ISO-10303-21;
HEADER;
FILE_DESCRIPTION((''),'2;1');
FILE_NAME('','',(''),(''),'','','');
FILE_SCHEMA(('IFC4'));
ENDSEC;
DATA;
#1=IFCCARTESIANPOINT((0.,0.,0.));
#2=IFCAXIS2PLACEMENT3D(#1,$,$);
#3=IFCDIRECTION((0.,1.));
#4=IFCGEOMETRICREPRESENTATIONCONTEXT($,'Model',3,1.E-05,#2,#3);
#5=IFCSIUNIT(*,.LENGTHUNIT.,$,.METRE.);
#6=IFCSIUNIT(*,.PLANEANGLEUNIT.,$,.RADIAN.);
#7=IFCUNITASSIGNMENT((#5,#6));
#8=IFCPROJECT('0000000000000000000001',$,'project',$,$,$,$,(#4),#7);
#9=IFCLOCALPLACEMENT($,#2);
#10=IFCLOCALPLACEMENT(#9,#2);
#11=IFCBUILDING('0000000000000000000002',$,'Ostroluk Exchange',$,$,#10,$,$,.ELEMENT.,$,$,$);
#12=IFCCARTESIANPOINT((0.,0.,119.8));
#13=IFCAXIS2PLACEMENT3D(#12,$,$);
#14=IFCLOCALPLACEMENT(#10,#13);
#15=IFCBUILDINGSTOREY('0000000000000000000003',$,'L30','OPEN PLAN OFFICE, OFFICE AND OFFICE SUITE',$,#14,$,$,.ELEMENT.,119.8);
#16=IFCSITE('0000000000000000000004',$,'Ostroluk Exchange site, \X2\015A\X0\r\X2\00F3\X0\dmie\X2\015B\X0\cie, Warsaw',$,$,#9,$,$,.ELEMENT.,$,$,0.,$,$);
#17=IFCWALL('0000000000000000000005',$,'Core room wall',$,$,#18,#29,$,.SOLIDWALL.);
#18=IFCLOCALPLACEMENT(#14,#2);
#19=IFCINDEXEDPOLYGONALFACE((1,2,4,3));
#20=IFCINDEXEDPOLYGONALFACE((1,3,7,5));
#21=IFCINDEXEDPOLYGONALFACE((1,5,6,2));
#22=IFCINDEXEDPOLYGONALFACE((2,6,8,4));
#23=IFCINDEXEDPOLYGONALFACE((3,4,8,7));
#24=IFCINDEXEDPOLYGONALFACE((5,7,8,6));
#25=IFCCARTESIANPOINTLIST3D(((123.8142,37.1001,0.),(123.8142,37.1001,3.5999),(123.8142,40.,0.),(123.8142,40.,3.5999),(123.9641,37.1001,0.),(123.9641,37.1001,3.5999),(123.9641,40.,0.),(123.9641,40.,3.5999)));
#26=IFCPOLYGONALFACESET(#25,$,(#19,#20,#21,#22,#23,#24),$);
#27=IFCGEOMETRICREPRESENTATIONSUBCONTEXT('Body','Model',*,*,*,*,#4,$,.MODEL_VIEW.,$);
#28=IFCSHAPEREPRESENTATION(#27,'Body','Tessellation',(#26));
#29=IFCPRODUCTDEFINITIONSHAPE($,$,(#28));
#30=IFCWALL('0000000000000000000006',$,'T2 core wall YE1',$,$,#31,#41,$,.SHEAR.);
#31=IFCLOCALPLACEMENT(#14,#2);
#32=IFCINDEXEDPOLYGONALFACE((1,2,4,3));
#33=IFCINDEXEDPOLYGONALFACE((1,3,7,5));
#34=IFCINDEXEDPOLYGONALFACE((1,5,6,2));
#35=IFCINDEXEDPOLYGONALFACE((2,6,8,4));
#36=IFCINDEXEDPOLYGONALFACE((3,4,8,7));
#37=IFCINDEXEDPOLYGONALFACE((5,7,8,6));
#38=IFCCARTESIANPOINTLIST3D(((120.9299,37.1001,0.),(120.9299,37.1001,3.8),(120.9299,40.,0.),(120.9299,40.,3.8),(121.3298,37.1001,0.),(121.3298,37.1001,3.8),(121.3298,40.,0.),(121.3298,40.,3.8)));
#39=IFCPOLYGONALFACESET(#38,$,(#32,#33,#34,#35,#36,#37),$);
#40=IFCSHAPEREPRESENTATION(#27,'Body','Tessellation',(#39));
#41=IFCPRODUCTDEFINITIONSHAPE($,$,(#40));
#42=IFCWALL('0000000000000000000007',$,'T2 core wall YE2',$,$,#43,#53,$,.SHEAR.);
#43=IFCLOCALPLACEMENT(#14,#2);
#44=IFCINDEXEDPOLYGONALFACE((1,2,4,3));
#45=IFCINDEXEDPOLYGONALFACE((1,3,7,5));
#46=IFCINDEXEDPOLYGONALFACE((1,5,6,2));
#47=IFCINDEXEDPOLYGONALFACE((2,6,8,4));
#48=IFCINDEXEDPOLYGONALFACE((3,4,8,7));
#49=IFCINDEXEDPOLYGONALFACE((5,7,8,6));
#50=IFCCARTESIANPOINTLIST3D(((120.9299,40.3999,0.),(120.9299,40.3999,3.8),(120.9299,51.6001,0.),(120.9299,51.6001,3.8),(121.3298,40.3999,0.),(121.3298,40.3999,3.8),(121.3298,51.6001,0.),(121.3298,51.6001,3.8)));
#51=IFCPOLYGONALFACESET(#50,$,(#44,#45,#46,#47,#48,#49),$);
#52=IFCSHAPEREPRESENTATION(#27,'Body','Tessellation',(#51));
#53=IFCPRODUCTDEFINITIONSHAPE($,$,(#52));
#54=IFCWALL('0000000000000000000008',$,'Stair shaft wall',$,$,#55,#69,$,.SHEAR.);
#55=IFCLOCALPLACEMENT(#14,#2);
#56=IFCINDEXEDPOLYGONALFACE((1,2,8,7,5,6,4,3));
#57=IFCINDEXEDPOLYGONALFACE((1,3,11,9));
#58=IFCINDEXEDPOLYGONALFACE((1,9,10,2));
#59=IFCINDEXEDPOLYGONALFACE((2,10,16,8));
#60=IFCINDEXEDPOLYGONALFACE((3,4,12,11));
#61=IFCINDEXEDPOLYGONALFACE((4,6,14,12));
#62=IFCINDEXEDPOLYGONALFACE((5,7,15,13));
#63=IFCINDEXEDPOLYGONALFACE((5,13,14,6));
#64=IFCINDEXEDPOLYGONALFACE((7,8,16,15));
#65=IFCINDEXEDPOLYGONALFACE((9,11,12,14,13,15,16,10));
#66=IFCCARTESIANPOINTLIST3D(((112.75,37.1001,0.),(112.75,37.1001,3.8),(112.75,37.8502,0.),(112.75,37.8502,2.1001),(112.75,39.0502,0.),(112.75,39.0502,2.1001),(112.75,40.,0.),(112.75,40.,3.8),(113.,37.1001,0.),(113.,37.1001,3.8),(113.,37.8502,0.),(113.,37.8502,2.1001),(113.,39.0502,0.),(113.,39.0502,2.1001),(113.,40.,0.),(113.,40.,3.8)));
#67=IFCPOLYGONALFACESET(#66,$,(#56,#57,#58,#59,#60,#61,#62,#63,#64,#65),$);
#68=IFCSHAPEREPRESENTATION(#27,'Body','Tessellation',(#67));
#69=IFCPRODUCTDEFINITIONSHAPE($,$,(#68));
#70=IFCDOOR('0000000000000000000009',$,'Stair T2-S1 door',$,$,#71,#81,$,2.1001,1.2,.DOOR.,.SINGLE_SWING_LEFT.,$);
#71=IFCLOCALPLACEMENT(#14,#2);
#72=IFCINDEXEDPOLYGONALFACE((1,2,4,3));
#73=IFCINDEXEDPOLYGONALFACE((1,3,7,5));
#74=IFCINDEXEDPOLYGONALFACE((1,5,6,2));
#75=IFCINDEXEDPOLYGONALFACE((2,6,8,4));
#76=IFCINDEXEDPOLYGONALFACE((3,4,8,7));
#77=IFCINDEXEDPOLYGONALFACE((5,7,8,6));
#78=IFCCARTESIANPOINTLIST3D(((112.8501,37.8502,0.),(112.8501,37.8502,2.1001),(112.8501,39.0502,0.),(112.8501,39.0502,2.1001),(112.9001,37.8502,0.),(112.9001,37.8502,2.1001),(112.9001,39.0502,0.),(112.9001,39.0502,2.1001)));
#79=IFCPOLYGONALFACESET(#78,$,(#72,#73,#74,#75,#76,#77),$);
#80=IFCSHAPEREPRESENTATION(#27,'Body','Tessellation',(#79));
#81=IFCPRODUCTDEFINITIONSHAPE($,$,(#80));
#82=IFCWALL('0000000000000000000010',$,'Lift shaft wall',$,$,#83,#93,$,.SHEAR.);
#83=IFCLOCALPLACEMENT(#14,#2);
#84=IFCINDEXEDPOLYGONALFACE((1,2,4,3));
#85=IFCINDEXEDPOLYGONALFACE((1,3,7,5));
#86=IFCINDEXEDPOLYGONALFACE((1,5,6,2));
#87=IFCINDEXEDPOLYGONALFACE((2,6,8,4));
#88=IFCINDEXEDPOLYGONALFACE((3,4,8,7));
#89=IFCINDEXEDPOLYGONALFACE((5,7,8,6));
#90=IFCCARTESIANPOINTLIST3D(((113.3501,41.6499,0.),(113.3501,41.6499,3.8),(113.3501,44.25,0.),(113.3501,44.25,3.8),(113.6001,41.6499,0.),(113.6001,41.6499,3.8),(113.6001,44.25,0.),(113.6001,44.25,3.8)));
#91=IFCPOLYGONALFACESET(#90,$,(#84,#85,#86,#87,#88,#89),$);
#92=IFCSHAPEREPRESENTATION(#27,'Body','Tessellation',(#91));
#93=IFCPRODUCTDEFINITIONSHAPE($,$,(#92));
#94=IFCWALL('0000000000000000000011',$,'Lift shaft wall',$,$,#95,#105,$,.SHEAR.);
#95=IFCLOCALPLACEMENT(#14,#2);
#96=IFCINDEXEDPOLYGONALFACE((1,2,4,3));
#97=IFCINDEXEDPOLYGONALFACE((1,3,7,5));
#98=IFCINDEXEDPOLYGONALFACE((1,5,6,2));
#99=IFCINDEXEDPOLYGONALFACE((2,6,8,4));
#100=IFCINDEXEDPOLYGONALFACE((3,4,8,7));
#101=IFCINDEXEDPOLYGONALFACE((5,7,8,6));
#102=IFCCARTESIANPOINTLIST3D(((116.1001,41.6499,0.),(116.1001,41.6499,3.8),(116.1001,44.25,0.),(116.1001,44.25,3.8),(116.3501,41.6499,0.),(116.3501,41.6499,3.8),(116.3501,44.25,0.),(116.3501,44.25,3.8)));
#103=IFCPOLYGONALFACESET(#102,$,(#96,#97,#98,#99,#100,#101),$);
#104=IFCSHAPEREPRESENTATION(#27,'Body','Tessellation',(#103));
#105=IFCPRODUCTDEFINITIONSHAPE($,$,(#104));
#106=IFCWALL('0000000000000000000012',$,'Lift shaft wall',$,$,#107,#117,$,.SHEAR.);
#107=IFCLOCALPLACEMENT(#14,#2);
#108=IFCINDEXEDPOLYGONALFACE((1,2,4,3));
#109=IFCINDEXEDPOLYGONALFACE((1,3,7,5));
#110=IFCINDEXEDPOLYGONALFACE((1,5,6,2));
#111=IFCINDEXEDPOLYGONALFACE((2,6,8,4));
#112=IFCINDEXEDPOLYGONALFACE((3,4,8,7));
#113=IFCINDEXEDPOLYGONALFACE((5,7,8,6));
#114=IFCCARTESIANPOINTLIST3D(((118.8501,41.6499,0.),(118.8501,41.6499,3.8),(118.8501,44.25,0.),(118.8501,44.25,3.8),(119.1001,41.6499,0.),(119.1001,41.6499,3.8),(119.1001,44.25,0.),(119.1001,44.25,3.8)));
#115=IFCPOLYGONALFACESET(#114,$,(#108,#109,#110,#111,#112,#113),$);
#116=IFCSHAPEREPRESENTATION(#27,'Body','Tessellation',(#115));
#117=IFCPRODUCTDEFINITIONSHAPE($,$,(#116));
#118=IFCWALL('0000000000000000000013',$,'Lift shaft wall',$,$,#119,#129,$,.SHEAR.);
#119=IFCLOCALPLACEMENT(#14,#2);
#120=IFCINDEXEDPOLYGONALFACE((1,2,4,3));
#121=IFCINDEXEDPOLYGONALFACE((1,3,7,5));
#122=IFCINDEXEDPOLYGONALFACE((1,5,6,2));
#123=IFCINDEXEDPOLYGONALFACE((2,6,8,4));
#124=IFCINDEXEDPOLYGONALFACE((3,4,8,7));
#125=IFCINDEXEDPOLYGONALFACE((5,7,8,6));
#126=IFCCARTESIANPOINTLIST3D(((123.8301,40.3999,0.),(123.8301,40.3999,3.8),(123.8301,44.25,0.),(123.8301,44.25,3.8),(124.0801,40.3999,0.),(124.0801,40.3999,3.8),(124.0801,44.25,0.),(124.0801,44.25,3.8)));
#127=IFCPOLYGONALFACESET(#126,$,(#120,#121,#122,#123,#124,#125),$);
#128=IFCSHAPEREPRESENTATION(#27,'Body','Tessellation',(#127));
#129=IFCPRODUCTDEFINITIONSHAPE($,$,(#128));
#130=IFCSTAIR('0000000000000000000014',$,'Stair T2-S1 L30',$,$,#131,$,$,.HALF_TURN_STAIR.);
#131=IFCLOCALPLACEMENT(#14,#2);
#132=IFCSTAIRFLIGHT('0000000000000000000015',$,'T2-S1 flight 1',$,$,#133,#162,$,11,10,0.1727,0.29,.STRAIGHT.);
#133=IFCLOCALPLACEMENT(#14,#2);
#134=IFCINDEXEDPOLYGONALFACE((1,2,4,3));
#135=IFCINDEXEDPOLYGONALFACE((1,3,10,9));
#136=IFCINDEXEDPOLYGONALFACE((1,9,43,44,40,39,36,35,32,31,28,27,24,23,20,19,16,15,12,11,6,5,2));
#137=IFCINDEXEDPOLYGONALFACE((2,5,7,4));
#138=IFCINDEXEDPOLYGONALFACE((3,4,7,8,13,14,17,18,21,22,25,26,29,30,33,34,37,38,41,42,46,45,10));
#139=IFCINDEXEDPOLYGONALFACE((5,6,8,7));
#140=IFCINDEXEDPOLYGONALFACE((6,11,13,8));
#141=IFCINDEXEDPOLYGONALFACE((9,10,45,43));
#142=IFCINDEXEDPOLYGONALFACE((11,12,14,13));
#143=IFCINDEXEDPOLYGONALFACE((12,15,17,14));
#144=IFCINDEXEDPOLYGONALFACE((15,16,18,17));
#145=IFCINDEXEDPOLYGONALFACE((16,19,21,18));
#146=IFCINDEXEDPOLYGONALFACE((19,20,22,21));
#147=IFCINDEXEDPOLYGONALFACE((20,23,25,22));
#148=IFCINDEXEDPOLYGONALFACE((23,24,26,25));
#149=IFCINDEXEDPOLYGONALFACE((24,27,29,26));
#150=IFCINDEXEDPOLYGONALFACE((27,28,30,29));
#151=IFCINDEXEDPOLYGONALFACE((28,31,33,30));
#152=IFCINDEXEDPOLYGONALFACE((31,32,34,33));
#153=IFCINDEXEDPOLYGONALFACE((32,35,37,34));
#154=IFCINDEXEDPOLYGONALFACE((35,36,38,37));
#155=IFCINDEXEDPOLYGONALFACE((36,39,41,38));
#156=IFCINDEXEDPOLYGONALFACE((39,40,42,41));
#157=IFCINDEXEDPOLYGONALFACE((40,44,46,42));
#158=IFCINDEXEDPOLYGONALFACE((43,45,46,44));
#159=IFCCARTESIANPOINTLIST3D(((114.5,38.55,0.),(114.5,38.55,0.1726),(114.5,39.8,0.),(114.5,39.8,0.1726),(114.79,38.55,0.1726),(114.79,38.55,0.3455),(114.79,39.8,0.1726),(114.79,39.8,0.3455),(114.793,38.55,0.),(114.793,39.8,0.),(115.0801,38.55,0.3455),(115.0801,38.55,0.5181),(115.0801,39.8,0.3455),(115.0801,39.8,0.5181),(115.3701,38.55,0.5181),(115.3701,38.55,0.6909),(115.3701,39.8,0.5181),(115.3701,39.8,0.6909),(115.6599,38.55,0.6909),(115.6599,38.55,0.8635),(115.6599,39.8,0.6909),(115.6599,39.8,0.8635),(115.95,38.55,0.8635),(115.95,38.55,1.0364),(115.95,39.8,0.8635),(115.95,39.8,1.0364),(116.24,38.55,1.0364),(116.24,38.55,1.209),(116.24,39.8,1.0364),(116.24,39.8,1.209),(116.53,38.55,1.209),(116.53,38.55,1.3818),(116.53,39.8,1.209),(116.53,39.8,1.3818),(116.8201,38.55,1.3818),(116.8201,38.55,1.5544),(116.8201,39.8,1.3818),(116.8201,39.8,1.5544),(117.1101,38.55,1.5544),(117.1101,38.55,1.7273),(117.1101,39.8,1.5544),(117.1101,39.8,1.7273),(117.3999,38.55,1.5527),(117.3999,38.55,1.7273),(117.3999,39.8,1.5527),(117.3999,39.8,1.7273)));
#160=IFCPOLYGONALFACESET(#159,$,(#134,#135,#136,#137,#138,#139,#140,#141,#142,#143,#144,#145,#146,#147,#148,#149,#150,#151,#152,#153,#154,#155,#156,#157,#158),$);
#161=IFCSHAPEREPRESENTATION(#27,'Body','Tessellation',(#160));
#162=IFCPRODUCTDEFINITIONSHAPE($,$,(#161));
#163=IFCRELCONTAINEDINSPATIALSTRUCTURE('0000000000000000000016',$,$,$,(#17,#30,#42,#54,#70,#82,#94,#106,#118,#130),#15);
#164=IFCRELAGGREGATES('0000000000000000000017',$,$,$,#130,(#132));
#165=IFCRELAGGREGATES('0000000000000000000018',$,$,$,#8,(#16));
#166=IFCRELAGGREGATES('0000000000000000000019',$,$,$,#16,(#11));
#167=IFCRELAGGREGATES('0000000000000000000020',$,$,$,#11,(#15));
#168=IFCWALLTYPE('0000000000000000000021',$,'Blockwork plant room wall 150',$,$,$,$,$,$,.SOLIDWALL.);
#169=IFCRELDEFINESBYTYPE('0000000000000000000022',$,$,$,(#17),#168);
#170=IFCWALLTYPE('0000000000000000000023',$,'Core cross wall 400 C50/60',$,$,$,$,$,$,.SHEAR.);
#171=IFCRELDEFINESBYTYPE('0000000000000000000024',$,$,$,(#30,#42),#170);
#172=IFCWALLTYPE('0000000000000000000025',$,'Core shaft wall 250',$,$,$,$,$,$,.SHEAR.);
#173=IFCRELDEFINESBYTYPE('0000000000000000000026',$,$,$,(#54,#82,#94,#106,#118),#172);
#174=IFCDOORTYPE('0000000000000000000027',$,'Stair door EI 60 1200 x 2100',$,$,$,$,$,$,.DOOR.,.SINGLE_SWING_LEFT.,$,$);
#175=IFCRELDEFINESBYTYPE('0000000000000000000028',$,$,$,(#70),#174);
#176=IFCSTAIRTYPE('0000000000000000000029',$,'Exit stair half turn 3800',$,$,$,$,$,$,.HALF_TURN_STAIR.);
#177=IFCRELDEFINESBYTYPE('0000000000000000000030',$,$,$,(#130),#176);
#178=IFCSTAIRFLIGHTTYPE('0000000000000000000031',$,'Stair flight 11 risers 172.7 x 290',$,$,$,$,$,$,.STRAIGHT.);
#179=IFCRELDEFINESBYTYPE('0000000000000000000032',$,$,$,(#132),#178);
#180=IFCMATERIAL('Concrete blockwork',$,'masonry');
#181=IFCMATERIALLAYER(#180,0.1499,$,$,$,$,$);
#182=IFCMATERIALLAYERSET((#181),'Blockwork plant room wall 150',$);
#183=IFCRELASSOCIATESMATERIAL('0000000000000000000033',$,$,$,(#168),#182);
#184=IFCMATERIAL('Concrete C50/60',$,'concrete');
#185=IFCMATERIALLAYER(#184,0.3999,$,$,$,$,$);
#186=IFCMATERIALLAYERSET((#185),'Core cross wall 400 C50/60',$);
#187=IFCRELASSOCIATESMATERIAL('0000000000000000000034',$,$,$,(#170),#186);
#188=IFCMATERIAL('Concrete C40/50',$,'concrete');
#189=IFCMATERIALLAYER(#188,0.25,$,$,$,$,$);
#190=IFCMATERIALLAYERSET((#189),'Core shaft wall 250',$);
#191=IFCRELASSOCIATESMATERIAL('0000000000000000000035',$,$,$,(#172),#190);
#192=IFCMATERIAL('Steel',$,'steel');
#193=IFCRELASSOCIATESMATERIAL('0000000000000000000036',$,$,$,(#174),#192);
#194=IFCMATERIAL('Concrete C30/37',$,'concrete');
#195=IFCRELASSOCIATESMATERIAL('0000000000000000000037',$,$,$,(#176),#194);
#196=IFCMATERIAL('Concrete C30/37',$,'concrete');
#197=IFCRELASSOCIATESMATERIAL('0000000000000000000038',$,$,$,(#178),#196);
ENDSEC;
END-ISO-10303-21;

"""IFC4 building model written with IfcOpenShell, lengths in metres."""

from ifc_helpers import new_model, si_unit, direction, frame, frame_2d, origin, place, context, subcontext, project, spatial, polyline, rectangle, outline, extrude, material, layer, layer_set, type_object, element, fill, aggregate, save


model = new_model("IFC4")

# Units and contexts
model_context = context("Model", 3, precision=1e-05, world=origin(), true_north=direction((0.0, 1.0)))
body_context = subcontext(model_context, "Body", "Model", "MODEL_VIEW")
ifc_project = project(units=[si_unit("LENGTHUNIT", "METRE"), si_unit("PLANEANGLEUNIT", "RADIAN")], contexts=[model_context])

# Site, building, storey
site_placement = place(None, origin())
site = spatial("IfcSite", under=ifc_project, at=site_placement, Name="Ostroluk Exchange site, Śródmieście, Warsaw", CompositionType="ELEMENT", RefElevation=0.0)
building_placement = place(site_placement, origin())
building = spatial("IfcBuilding", under=site, at=building_placement, Name="Ostroluk Exchange", CompositionType="ELEMENT")
storey_placement = place(building_placement, frame((0.0, 0.0, 119.8)))
storey = spatial("IfcBuildingStorey", under=building, at=storey_placement, Name="L30", Description="OPEN PLAN OFFICE, OFFICE AND OFFICE SUITE", CompositionType="ELEMENT", Elevation=119.8)

# Walls
ifc_material_1 = material(Name="Concrete blockwork", Category="masonry")
ifc_layer_1 = layer(ifc_material_1, 0.1499)
ifc_layer_set_1 = layer_set([ifc_layer_1], Name="Blockwork plant room wall 150")
wall_type_1 = type_object("IfcWallType", Name="Blockwork plant room wall 150", PredefinedType="SOLIDWALL", material=ifc_layer_set_1)
wall_1_placement = place(storey_placement, frame((123.8892, 37.1001, 0.0), z_axis=(0.0, 0.0, 1.0), x_axis=(0.0, 1.0, 0.0)))
element("IfcWall", 1, at=wall_1_placement, inside=storey, type_object=wall_type_1, Name="Core room wall", PredefinedType="SOLIDWALL", context=body_context, shape_type="SweptSolid", body=[
    extrude(rectangle(XDim=2.8999, YDim=0.1499, at=frame_2d((1.45, 0.0))), origin(), (0.0, 0.0, 1.0), 3.5999),
])
ifc_material_2 = material(Name="Concrete C50/60", Category="concrete")
ifc_layer_2 = layer(ifc_material_2, 0.3999)
ifc_layer_set_2 = layer_set([ifc_layer_2], Name="Core cross wall 400 C50/60")
wall_type_2 = type_object("IfcWallType", Name="Core cross wall 400 C50/60", PredefinedType="SHEAR", material=ifc_layer_set_2)
wall_2_placement = place(storey_placement, frame((121.1299, 37.1001, 0.0), z_axis=(0.0, 0.0, 1.0), x_axis=(0.0, 1.0, 0.0)))
element("IfcWall", 2, at=wall_2_placement, inside=storey, type_object=wall_type_2, Name="T2 core wall YE1", PredefinedType="SHEAR", context=body_context, shape_type="SweptSolid", body=[
    extrude(rectangle(XDim=2.8999, YDim=0.3999, at=frame_2d((1.45, 0.0))), origin(), (0.0, 0.0, 1.0), 3.8),
])
wall_3_placement = place(storey_placement, frame((121.1299, 40.3999, 0.0), z_axis=(0.0, 0.0, 1.0), x_axis=(0.0, 1.0, 0.0)))
element("IfcWall", 3, at=wall_3_placement, inside=storey, type_object=wall_type_2, Name="T2 core wall YE2", PredefinedType="SHEAR", context=body_context, shape_type="SweptSolid", body=[
    extrude(rectangle(XDim=11.2002, YDim=0.3999, at=frame_2d((5.6001, 0.0))), origin(), (0.0, 0.0, 1.0), 3.8),
])

# Wall, opening, door
ifc_material_3 = material(Name="Concrete C40/50", Category="concrete")
ifc_layer_3 = layer(ifc_material_3, 0.25)
ifc_layer_set_3 = layer_set([ifc_layer_3], Name="Core shaft wall 250")
wall_type_3 = type_object("IfcWallType", Name="Core shaft wall 250", PredefinedType="SHEAR", material=ifc_layer_set_3)
wall_4_placement = place(storey_placement, frame((112.875, 37.1001, 0.0), z_axis=(0.0, 0.0, 1.0), x_axis=(0.0, 1.0, 0.0)))
wall_4 = element("IfcWall", 4, at=wall_4_placement, inside=storey, type_object=wall_type_3, Name="Stair shaft wall", PredefinedType="SHEAR", context=body_context, shape_type="SweptSolid", body=[
    extrude(rectangle(XDim=2.8999, YDim=0.25, at=frame_2d((1.45, 0.0))), origin(), (0.0, 0.0, 1.0), 3.8),
])
opening_1_placement = place(wall_4_placement, frame((0.75, 0.0, 0.0)))
opening_1 = element("IfcOpeningElement", 5, at=opening_1_placement, cuts=wall_4, PredefinedType="OPENING", context=body_context, shape_type="SweptSolid", body=[
    extrude(rectangle(XDim=1.2, YDim=2.1001, at=frame_2d((0.6001, 1.05))), frame((0.0, 0.135, 0.0), z_axis=(0.0, -1.0, 0.0), x_axis=(1.0, 0.0, 0.0)), (0.0, 0.0, 1.0), 0.27),
])
ifc_material_4 = material(Name="Steel", Category="steel")
door_type_1 = type_object("IfcDoorType", Name="Stair door EI 60 1200 x 2100", OperationType="SINGLE_SWING_LEFT", PredefinedType="DOOR", material=ifc_material_4)
door_1_placement = place(opening_1_placement, origin())
door_1 = element("IfcDoor", 6, at=door_1_placement, inside=storey, type_object=door_type_1, Name="Stair T2-S1 door", OperationType="SINGLE_SWING_LEFT", OverallHeight=2.1001, OverallWidth=1.2, PredefinedType="DOOR", context=body_context, shape_type="SweptSolid", body=[
    extrude(rectangle(XDim=1.2, YDim=2.1001, at=frame_2d((0.6001, 1.05))), frame((0.0, 0.0249, 0.0), z_axis=(0.0, -1.0, 0.0), x_axis=(1.0, 0.0, 0.0)), (0.0, 0.0, 1.0), 0.05),
])
fill(opening_1, door_1)

# Walls
for number, where, z_axis, x_axis, name in (
    (7, (113.4751, 44.25, 0.0), (0.0, 0.0, 1.0), (0.0, -1.0, 0.0), "Lift shaft wall"),
    (8, (116.2251, 44.25, 0.0), (0.0, 0.0, 1.0), (0.0, -1.0, 0.0), "Lift shaft wall"),
    (9, (118.9751, 44.25, 0.0), (0.0, 0.0, 1.0), (0.0, -1.0, 0.0), "Lift shaft wall"),
):
    element("IfcWall", number, at=place(storey_placement, frame(where, z_axis=z_axis, x_axis=x_axis)), inside=storey, type_object=wall_type_3, Name=name, PredefinedType="SHEAR", context=body_context, shape_type="SweptSolid", body=[
        extrude(rectangle(XDim=2.6001, YDim=0.25, at=frame_2d((1.3, 0.0))), origin(), (0.0, 0.0, 1.0), 3.8),
    ])
wall_5_placement = place(storey_placement, frame((123.9551, 44.25, 0.0), z_axis=(0.0, 0.0, 1.0), x_axis=(0.0, -1.0, 0.0)))
element("IfcWall", 10, at=wall_5_placement, inside=storey, type_object=wall_type_3, Name="Lift shaft wall", PredefinedType="SHEAR", context=body_context, shape_type="SweptSolid", body=[
    extrude(rectangle(XDim=3.8501, YDim=0.25, at=frame_2d((1.925, 0.0))), origin(), (0.0, 0.0, 1.0), 3.8),
])

# Stair, stair flight
ifc_material_5 = material(Name="Concrete C30/37", Category="concrete")
stair_type = type_object("IfcStairType", Name="Exit stair half turn 3800", PredefinedType="HALF_TURN_STAIR", material=ifc_material_5)
stair_placement = place(storey_placement, origin())
stair = element("IfcStair", 11, at=stair_placement, inside=storey, type_object=stair_type, Name="Stair T2-S1 L30", PredefinedType="HALF_TURN_STAIR")
ifc_material_6 = material(Name="Concrete C30/37", Category="concrete")
stair_flight_type = type_object("IfcStairFlightType", Name="Stair flight 11 risers 172.7 x 290", PredefinedType="STRAIGHT", material=ifc_material_6)
stair_flight_1_placement = place(storey_placement, frame((114.5, 39.175, 0.0), z_axis=(0.0, 0.0, 1.0), x_axis=(1.0, 0.0, 0.0)))
stair_flight_1 = element("IfcStairFlight", 12, at=stair_flight_1_placement, type_object=stair_flight_type, Name="T2-S1 flight 1", NumberOfRisers=11, NumberOfTreads=10, PredefinedType="STRAIGHT", RiserHeight=0.1727, TreadLength=0.29, context=body_context, shape_type="SweptSolid", body=[
    extrude(outline(polyline([(0.0, 0.0), (0.0, 0.1726), (0.29, 0.1726), (0.29, 0.3455), (0.5801, 0.3455), (0.5801, 0.5181), (0.8701, 0.5181), (0.8701, 0.6909), (1.1599, 0.6909), (1.1599, 0.8635), (1.45, 0.8635), (1.45, 1.0364), (1.74, 1.0364), (1.74, 1.209), (2.03, 1.209), (2.03, 1.3818), (2.3201, 1.3818), (2.3201, 1.5544), (2.6101, 1.5544), (2.6101, 1.7273), (2.8999, 1.7273), (2.8999, 1.8999), (2.8999, 1.5527), (0.293, 0.0), (0.0, 0.0)])), frame((0.0, 0.625, 0.0), z_axis=(0.0, -1.0, 0.0), x_axis=(1.0, 0.0, 0.0)), (0.0, 0.0, 1.0), 1.25),
])
aggregate(stair, [stair_flight_1])

save(model, "model.ifc")
